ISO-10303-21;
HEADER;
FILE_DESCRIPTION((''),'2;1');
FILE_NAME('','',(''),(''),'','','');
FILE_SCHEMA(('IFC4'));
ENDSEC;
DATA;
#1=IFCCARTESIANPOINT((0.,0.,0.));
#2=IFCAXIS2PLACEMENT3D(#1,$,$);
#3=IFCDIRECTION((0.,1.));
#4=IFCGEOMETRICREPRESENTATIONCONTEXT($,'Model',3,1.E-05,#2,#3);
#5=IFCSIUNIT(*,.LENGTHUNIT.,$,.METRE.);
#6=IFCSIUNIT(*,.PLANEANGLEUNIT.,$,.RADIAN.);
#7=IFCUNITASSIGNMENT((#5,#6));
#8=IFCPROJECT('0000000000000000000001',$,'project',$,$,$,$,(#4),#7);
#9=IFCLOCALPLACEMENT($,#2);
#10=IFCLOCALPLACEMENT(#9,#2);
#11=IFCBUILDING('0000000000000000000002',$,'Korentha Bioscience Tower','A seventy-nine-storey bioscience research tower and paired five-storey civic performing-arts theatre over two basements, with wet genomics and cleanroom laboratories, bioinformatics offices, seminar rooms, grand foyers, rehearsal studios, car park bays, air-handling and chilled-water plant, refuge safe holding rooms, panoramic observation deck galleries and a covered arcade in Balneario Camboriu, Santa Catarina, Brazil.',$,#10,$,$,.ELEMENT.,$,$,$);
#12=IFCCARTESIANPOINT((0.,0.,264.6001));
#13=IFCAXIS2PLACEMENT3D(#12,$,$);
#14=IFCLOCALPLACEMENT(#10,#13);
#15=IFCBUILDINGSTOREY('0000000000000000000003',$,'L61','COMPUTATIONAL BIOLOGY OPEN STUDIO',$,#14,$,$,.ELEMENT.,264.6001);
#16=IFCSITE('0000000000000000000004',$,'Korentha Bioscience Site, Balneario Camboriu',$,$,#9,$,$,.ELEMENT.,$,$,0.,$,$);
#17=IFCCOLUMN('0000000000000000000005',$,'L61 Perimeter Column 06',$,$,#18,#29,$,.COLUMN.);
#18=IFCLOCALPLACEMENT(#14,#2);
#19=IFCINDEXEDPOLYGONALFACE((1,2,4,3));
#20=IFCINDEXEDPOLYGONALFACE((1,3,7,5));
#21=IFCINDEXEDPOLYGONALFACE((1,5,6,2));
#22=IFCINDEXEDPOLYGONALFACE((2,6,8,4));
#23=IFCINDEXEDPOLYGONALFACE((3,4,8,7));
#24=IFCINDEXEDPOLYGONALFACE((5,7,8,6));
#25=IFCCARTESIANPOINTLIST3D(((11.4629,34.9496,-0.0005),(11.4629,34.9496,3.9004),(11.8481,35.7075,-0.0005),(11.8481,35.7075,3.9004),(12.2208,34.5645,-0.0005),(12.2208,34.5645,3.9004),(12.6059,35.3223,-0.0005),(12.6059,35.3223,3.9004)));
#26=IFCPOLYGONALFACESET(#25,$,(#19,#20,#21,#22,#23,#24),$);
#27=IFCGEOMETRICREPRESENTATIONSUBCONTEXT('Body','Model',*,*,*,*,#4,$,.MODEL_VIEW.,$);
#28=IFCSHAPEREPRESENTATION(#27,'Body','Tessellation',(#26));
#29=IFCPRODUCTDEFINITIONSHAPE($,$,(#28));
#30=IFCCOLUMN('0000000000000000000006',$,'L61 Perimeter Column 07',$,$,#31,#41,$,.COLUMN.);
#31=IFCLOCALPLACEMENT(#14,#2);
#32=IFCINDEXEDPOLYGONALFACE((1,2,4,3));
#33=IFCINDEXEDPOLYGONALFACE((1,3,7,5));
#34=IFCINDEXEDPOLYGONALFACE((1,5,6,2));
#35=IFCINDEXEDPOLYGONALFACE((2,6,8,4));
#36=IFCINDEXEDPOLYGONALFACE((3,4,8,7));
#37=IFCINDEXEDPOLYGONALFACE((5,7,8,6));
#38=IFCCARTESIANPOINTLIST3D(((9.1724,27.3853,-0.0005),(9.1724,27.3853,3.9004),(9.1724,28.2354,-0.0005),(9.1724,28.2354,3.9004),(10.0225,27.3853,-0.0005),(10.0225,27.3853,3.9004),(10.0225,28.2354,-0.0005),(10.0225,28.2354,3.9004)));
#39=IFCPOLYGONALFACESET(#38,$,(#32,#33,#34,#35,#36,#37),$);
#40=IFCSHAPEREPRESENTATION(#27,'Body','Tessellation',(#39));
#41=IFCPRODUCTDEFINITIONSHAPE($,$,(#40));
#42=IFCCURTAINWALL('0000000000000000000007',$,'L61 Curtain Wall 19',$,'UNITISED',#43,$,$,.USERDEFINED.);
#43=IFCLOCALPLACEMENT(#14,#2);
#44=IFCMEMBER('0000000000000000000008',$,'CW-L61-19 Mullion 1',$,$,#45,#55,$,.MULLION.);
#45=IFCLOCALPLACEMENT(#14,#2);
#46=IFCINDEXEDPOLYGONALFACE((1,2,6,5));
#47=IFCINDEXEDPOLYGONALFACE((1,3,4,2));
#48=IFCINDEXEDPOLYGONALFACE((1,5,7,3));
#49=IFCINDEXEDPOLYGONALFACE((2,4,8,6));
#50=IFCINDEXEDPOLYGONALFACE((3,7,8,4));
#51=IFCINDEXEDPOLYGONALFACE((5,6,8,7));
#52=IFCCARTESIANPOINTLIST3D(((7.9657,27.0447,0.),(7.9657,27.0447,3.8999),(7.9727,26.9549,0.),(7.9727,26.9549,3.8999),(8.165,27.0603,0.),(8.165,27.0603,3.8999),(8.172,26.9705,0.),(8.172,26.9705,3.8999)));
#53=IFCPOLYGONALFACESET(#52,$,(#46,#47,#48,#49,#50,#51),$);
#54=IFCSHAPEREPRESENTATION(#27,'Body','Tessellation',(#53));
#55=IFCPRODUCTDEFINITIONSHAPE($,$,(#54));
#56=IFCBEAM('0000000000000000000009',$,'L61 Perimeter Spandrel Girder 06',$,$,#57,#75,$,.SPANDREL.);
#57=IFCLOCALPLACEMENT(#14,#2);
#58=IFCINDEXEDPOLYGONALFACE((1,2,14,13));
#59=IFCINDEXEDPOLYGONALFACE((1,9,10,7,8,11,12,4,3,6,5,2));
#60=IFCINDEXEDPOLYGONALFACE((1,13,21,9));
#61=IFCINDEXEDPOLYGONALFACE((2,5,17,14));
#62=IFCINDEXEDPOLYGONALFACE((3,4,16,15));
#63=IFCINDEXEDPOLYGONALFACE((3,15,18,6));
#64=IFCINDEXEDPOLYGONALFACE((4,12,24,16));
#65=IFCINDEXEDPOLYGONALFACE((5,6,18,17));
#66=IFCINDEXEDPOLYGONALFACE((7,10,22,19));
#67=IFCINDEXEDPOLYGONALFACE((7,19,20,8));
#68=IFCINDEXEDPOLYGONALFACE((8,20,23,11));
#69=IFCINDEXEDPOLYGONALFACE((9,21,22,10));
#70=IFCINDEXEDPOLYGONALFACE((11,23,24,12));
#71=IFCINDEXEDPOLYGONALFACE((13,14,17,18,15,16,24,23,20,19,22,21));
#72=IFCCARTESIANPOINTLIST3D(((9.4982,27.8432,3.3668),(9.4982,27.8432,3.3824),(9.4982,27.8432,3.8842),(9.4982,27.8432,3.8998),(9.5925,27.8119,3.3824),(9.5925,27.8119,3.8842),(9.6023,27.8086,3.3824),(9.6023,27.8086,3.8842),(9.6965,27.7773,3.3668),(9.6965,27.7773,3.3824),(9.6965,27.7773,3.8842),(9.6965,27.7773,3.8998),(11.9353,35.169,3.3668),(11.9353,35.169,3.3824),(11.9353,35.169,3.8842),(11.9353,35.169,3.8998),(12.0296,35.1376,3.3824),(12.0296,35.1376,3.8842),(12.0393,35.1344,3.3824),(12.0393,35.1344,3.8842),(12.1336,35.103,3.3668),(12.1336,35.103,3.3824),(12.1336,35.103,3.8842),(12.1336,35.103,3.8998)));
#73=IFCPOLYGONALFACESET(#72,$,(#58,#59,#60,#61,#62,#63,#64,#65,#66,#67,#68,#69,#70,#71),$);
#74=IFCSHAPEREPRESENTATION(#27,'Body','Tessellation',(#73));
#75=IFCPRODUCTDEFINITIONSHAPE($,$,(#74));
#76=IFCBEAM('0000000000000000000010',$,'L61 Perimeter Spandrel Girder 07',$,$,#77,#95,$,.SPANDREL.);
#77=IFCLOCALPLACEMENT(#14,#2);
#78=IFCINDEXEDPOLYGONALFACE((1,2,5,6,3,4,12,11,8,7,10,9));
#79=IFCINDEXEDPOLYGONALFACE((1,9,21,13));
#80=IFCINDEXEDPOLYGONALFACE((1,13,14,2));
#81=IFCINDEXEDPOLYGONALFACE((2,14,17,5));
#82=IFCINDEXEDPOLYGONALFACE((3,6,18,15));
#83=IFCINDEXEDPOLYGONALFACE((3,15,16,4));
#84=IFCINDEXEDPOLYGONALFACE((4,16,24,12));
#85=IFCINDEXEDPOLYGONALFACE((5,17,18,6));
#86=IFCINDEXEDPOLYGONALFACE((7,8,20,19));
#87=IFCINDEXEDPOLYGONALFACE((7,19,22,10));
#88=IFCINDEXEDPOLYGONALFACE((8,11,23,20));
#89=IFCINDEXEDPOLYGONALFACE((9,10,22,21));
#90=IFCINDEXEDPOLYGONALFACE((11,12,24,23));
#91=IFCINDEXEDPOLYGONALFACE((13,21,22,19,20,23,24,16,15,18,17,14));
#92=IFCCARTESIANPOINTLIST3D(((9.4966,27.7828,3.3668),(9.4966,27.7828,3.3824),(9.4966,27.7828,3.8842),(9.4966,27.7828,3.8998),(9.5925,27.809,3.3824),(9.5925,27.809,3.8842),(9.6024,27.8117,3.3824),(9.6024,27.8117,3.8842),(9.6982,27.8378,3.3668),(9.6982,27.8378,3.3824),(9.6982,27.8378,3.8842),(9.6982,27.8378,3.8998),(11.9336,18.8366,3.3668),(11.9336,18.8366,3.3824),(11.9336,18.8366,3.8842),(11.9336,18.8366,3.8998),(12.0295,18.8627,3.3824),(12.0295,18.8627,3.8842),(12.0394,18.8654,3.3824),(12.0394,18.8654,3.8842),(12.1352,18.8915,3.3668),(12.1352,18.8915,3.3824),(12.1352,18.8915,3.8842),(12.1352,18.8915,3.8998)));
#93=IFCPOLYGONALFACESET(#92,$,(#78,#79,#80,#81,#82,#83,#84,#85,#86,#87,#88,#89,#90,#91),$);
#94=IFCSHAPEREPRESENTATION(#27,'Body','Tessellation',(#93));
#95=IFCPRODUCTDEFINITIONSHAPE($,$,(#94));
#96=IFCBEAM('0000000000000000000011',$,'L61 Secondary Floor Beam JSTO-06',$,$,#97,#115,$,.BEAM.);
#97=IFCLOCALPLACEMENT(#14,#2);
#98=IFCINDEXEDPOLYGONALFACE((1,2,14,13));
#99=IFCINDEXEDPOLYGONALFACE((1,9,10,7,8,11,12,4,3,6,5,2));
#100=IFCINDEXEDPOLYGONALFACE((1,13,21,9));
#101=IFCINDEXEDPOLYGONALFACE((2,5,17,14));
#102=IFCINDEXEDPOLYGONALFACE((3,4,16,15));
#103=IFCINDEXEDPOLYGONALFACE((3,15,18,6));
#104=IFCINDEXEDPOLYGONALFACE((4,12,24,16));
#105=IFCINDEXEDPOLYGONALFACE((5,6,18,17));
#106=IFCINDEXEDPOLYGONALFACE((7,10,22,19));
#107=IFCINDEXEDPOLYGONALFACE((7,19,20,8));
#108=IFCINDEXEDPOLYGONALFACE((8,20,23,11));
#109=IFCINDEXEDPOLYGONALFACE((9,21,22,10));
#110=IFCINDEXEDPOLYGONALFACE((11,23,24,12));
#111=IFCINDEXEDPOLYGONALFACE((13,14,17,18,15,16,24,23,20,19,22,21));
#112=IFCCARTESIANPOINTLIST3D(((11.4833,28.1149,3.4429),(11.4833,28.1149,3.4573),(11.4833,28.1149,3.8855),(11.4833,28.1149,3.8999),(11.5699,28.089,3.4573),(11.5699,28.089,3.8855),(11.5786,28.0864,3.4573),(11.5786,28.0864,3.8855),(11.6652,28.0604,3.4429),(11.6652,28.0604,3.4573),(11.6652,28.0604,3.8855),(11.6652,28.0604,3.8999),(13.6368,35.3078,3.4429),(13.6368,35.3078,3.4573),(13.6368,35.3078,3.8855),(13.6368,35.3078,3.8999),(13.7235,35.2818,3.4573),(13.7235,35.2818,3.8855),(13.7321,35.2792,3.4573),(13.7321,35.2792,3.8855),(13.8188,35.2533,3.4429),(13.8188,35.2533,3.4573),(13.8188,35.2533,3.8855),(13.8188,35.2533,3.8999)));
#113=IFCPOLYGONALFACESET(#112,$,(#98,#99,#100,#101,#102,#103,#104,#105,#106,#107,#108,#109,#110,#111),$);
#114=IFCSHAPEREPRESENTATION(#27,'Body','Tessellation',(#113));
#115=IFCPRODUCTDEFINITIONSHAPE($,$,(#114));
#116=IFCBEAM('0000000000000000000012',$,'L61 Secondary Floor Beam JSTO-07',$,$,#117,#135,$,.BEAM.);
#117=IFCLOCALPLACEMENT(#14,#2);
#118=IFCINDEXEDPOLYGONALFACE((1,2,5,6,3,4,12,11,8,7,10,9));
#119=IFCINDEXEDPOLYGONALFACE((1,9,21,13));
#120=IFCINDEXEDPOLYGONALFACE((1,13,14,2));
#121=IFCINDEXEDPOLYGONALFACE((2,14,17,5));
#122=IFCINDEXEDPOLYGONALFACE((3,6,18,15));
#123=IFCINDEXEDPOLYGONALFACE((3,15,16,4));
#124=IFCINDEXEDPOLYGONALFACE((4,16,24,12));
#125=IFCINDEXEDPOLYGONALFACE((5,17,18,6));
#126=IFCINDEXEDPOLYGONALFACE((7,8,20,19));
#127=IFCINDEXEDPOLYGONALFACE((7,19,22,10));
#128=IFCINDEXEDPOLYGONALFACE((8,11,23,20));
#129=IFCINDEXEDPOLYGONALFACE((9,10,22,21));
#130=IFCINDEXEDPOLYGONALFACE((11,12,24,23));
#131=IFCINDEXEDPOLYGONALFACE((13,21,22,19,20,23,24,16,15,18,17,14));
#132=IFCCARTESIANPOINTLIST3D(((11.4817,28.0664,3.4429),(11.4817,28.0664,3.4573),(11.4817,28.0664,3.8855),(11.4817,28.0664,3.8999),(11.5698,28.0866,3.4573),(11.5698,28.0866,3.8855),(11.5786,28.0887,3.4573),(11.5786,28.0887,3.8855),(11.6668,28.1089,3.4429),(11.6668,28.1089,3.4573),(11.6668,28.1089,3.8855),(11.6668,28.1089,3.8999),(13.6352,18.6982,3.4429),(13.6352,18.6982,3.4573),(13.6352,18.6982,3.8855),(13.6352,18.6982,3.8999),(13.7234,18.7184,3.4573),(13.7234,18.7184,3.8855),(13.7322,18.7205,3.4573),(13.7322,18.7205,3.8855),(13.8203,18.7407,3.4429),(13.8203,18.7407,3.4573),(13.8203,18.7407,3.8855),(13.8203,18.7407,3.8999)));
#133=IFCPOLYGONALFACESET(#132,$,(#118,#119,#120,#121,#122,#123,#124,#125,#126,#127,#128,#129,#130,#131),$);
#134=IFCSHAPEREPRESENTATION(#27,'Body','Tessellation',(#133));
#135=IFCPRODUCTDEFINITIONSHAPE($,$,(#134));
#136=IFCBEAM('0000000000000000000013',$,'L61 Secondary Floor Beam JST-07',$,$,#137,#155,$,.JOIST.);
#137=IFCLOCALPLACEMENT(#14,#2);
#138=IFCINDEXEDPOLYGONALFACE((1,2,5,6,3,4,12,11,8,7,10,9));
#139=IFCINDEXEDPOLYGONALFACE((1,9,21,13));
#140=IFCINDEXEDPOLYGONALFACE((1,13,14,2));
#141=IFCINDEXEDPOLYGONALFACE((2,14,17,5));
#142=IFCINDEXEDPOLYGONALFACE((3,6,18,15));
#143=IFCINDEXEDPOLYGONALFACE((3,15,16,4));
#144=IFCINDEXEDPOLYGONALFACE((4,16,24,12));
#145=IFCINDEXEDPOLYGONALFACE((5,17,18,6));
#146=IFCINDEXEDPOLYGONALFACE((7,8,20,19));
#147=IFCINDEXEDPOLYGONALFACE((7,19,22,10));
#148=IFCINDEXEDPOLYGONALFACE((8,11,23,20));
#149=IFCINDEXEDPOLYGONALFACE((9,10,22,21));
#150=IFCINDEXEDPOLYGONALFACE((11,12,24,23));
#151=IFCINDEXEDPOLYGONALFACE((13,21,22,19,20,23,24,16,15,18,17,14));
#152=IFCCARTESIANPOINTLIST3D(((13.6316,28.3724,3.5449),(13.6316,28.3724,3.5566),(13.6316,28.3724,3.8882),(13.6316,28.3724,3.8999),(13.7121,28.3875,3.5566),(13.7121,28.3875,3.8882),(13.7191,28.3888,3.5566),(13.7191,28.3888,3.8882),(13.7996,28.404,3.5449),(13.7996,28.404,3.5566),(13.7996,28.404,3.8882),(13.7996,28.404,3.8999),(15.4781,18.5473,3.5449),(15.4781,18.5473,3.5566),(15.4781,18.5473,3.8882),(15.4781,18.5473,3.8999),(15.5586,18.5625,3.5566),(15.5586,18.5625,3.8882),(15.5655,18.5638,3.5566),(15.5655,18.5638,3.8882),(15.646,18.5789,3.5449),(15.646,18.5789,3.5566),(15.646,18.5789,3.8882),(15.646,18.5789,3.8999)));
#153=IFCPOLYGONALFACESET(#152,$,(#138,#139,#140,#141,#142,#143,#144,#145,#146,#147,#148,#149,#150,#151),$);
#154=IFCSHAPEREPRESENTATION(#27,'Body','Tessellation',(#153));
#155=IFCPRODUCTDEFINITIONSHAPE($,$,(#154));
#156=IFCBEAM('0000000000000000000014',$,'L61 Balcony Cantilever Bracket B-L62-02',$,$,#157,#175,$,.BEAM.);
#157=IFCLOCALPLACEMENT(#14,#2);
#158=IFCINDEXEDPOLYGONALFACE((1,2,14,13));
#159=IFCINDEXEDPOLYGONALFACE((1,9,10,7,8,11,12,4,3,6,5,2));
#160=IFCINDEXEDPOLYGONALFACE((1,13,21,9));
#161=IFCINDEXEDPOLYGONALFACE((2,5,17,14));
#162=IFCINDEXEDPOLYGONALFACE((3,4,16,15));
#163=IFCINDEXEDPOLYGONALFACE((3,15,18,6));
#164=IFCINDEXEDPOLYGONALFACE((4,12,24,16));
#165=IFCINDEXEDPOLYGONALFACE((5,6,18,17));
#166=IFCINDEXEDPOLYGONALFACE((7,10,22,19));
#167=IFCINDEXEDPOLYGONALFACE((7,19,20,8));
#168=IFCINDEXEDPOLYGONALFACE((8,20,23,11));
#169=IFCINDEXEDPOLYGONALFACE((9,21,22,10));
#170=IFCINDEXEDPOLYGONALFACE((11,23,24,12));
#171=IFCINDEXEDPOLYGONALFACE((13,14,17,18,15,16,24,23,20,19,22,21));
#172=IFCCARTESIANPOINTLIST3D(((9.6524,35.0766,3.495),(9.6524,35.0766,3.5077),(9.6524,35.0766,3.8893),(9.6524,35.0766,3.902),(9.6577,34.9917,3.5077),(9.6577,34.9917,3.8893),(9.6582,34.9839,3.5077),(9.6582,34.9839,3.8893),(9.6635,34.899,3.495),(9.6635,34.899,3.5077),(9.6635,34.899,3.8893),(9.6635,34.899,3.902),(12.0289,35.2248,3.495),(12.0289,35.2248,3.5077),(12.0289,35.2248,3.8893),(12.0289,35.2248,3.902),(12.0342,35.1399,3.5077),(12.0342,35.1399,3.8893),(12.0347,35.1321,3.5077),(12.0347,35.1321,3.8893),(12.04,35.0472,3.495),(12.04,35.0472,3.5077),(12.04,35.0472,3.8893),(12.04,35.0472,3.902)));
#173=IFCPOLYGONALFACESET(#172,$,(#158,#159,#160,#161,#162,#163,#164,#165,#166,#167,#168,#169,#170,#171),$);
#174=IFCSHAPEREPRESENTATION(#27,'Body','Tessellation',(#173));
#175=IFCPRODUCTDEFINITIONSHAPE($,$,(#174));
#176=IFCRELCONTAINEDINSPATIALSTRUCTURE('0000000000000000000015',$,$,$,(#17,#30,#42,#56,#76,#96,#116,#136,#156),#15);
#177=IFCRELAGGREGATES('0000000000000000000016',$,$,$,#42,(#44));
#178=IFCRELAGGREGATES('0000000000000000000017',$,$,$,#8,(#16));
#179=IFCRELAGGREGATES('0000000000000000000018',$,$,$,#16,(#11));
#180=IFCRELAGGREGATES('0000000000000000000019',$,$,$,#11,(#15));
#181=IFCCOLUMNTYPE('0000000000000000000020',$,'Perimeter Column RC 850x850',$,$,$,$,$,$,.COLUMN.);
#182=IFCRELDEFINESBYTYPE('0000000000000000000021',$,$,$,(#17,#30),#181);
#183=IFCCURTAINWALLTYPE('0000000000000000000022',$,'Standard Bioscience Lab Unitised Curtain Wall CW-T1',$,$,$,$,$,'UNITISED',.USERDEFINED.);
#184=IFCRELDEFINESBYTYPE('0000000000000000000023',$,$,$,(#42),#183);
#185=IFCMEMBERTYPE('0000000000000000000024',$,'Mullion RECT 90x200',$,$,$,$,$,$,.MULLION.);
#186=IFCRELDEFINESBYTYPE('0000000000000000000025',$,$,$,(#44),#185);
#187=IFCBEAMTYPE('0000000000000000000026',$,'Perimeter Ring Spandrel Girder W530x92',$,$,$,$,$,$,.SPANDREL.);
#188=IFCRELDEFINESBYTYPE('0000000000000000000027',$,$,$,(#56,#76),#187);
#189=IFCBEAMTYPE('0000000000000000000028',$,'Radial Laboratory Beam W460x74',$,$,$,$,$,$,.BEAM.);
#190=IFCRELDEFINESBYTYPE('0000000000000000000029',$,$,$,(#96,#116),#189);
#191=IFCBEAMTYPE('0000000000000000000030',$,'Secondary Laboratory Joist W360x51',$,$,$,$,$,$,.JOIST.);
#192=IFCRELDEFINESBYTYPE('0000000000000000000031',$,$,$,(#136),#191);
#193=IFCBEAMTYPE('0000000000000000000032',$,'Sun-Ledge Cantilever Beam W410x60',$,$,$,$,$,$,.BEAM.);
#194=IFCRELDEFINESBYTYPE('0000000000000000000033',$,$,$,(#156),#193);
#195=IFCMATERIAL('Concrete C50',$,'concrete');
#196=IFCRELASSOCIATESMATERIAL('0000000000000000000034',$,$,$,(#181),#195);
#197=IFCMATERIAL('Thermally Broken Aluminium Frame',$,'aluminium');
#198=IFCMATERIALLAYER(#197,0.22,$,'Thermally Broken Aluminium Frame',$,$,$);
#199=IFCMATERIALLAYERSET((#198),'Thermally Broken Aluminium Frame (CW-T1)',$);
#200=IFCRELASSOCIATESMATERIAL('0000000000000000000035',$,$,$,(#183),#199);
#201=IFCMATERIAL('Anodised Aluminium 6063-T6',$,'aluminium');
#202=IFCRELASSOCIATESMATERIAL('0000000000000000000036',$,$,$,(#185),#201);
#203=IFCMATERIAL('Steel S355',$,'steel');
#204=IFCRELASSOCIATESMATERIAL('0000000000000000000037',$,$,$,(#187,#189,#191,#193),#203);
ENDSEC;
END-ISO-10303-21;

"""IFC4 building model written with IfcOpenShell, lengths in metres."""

from ifc_helpers import new_model, si_unit, direction, frame, origin, origin_2d, place, context, subcontext, project, spatial, rectangle, i_section, extrude, material, layer, layer_set, material_profile, profile_set, type_object, element, aggregate, save


model = new_model("IFC4")

# Units and contexts
model_context = context("Model", 3, precision=1e-05, world=origin(), true_north=direction((0.0, 1.0)))
body_context = subcontext(model_context, "Body", "Model", "MODEL_VIEW")
ifc_project = project(units=[si_unit("LENGTHUNIT", "METRE"), si_unit("PLANEANGLEUNIT", "RADIAN")], contexts=[model_context])

# Site, building, storey
site_placement = place(None, origin())
site = spatial("IfcSite", under=ifc_project, at=site_placement, Name="Korentha Bioscience Site, Balneario Camboriu", CompositionType="ELEMENT", RefElevation=0.0)
building_placement = place(site_placement, origin())
building = spatial("IfcBuilding", under=site, at=building_placement, Name="Korentha Bioscience Tower", Description="A seventy-nine-storey bioscience research tower and paired five-storey civic performing-arts theatre over two basements, with wet genomics and cleanroom laboratories, bioinformatics offices, seminar rooms, grand foyers, rehearsal studios, car park bays, air-handling and chilled-water plant, refuge safe holding rooms, panoramic observation deck galleries and a covered arcade in Balneario Camboriu, Santa Catarina, Brazil.", CompositionType="ELEMENT")
storey_placement = place(building_placement, frame((0.0, 0.0, 264.6001)))
storey = spatial("IfcBuildingStorey", under=building, at=storey_placement, Name="L61", Description="COMPUTATIONAL BIOLOGY OPEN STUDIO", CompositionType="ELEMENT", Elevation=264.6001)

# Columns
ifc_material_1 = material(Name="Concrete C50", Category="concrete")
ifc_material_profile_1 = material_profile(ifc_material_1, rectangle(XDim=0.8501, YDim=0.8501, at=origin_2d()), Name="Concrete C50")
ifc_profile_set_1 = profile_set([ifc_material_profile_1], Name="Concrete C50 (COL-P08)")
column_type = type_object("IfcColumnType", Name="Perimeter Column RC 850x850", PredefinedType="COLUMN", material=ifc_profile_set_1)
for number, where, z_axis, x_axis, name in (
    (1, (12.0344, 35.136, -0.0005), (0.0, 0.0, 1.0), (0.453057, 0.891481, 0.0), "L61 Perimeter Column 06"),
    (2, (9.5974, 27.8103, -0.0005), (0.0, 0.0, 1.0), (0.0, 1.0, 0.0), "L61 Perimeter Column 07"),
):
    element("IfcColumn", number, at=place(storey_placement, frame(where, z_axis=z_axis, x_axis=x_axis)), inside=storey, type_object=column_type, Name=name, PredefinedType="COLUMN", context=body_context, shape_type="SweptSolid", body=[
        extrude(rectangle(XDim=0.8501, YDim=0.8501, at=origin_2d()), origin(), (0.0, 0.0, 1.0), 3.9009),
    ])

# Curtain wall, member
ifc_material_2 = material(Name="Thermally Broken Aluminium Frame", Category="aluminium")
ifc_layer_1 = layer(ifc_material_2, 0.22, Name="Thermally Broken Aluminium Frame")
ifc_layer_set_1 = layer_set([ifc_layer_1], Name="Thermally Broken Aluminium Frame (CW-T1)")
curtain_wall_type = type_object("IfcCurtainWallType", Name="Standard Bioscience Lab Unitised Curtain Wall CW-T1", ElementType="UNITISED", PredefinedType="USERDEFINED", material=ifc_layer_set_1)
curtain_wall_placement = place(storey_placement, origin())
curtain_wall = element("IfcCurtainWall", 3, at=curtain_wall_placement, inside=storey, type_object=curtain_wall_type, Name="L61 Curtain Wall 19", ObjectType="UNITISED", PredefinedType="USERDEFINED")
ifc_material_3 = material(Name="Anodised Aluminium 6063-T6", Category="aluminium")
ifc_material_profile_2 = material_profile(ifc_material_3, rectangle(XDim=0.0901, YDim=0.2, at=origin_2d()), Name="Anodised Aluminium 6063-T6")
ifc_profile_set_2 = profile_set([ifc_material_profile_2], Name="Anodised Aluminium 6063-T6 (CW-MUL)")
member_type_1 = type_object("IfcMemberType", Name="Mullion RECT 90x200", PredefinedType="MULLION", material=ifc_profile_set_2)
member_1_placement = place(storey_placement, frame((8.0688, 27.0076, 0.0), z_axis=(0.0, 0.0, 1.0), x_axis=(0.078035, -0.996951, 0.0)))
member_1 = element("IfcMember", 4, at=member_1_placement, type_object=member_type_1, Name="CW-L61-19 Mullion 1", PredefinedType="MULLION", context=body_context, shape_type="SweptSolid", body=[
    extrude(rectangle(XDim=0.0901, YDim=0.2, at=origin_2d()), origin(), (0.0, 0.0, 1.0), 3.8999),
])

# Beams
ifc_material_4 = material(Name="Steel S355", Category="steel")
ifc_material_profile_3 = material_profile(ifc_material_4, i_section(OverallWidth=0.209, OverallDepth=0.533, WebThickness=0.0103, FlangeThickness=0.0156, at=origin_2d()), Name="Steel S355")
ifc_profile_set_3 = profile_set([ifc_material_profile_3], Name="Steel S355 (SB-530)")
beam_type_1 = type_object("IfcBeamType", Name="Perimeter Ring Spandrel Girder W530x92", PredefinedType="SPANDREL", material=ifc_profile_set_3)
beam_1_placement = place(storey_placement, frame((12.0344, 35.136, 3.6333), z_axis=(-0.315658, -0.948873, 0.0), x_axis=(0.948873, -0.315658, 0.0)))
element("IfcBeam", 5, at=beam_1_placement, inside=storey, type_object=beam_type_1, Name="L61 Perimeter Spandrel Girder 06", PredefinedType="SPANDREL", context=body_context, shape_type="SweptSolid", body=[
    extrude(i_section(OverallWidth=0.209, OverallDepth=0.533, WebThickness=0.0103, FlangeThickness=0.0156, at=origin_2d()), origin(), (0.0, 0.0, 1.0), 7.7205),
])
beam_2_placement = place(storey_placement, frame((9.5974, 27.8103, 3.6333), z_axis=(0.262828, -0.964843, 0.0), x_axis=(0.964843, 0.262828, 0.0)))
element("IfcBeam", 6, at=beam_2_placement, inside=storey, type_object=beam_type_1, Name="L61 Perimeter Spandrel Girder 07", PredefinedType="SPANDREL", context=body_context, shape_type="SweptSolid", body=[
    extrude(i_section(OverallWidth=0.209, OverallDepth=0.533, WebThickness=0.0103, FlangeThickness=0.0156, at=origin_2d()), origin(), (0.0, 0.0, 1.0), 9.2722),
])
ifc_material_profile_4 = material_profile(ifc_material_4, i_section(OverallWidth=0.1899, OverallDepth=0.457, WebThickness=0.009, FlangeThickness=0.0144, at=origin_2d()), Name="Steel S355")
ifc_profile_set_4 = profile_set([ifc_material_profile_4], Name="Steel S355 (RB-460)")
beam_type_2 = type_object("IfcBeamType", Name="Radial Laboratory Beam W460x74", PredefinedType="BEAM", material=ifc_profile_set_4)
beam_3_placement = place(storey_placement, frame((13.7278, 35.2805, 3.6714), z_axis=(-0.286823, -0.957984, 0.0), x_axis=(0.957984, -0.286823, 0.0)))
element("IfcBeam", 7, at=beam_3_placement, inside=storey, type_object=beam_type_2, Name="L61 Secondary Floor Beam JSTO-06", PredefinedType="BEAM", context=body_context, shape_type="SweptSolid", body=[
    extrude(i_section(OverallWidth=0.1899, OverallDepth=0.457, WebThickness=0.009, FlangeThickness=0.0144, at=origin_2d()), origin(), (0.0, 0.0, 1.0), 7.5083),
])
beam_4_placement = place(storey_placement, frame((11.5742, 28.0876, 3.6714), z_axis=(0.224038, -0.97458, 0.0), x_axis=(0.97458, 0.224038, 0.0)))
element("IfcBeam", 8, at=beam_4_placement, inside=storey, type_object=beam_type_2, Name="L61 Secondary Floor Beam JSTO-07", PredefinedType="BEAM", context=body_context, shape_type="SweptSolid", body=[
    extrude(i_section(OverallWidth=0.1899, OverallDepth=0.457, WebThickness=0.009, FlangeThickness=0.0144, at=origin_2d()), origin(), (0.0, 0.0, 1.0), 9.6125),
])
ifc_material_profile_5 = material_profile(ifc_material_4, i_section(OverallWidth=0.1709, OverallDepth=0.355, WebThickness=0.0071, FlangeThickness=0.0117, at=origin_2d()), Name="Steel S355")
ifc_profile_set_5 = profile_set([ifc_material_profile_5], Name="Steel S355 (JB-360)")
beam_type_3 = type_object("IfcBeamType", Name="Secondary Laboratory Joist W360x51", PredefinedType="JOIST", material=ifc_profile_set_5)
beam_5_placement = place(storey_placement, frame((13.7156, 28.3882, 3.7224), z_axis=(0.1847, -0.982795, 0.0), x_axis=(0.982795, 0.1847, 0.0)))
element("IfcBeam", 9, at=beam_5_placement, inside=storey, type_object=beam_type_3, Name="L61 Secondary Floor Beam JST-07", PredefinedType="JOIST", context=body_context, shape_type="SweptSolid", body=[
    extrude(i_section(OverallWidth=0.1709, OverallDepth=0.355, WebThickness=0.0071, FlangeThickness=0.0117, at=origin_2d()), origin(), (0.0, 0.0, 1.0), 9.9971),
])
ifc_material_profile_6 = material_profile(ifc_material_4, i_section(OverallWidth=0.178, OverallDepth=0.407, WebThickness=0.0078, FlangeThickness=0.0127, at=origin_2d()), Name="Steel S355")
ifc_profile_set_6 = profile_set([ifc_material_profile_6], Name="Steel S355 (CB-410)")
beam_type_4 = type_object("IfcBeamType", Name="Sun-Ledge Cantilever Beam W410x60", PredefinedType="BEAM", material=ifc_profile_set_6)
beam_6_placement = place(storey_placement, frame((12.0344, 35.136, 3.6985), z_axis=(-0.998061, -0.062238, 0.0), x_axis=(0.062238, -0.998061, 0.0)))
element("IfcBeam", 10, at=beam_6_placement, inside=storey, type_object=beam_type_4, Name="L61 Balcony Cantilever Bracket B-L62-02", PredefinedType="BEAM", context=body_context, shape_type="SweptSolid", body=[
    extrude(i_section(OverallWidth=0.178, OverallDepth=0.407, WebThickness=0.0078, FlangeThickness=0.0127, at=origin_2d()), origin(), (0.0, 0.0, 1.0), 2.3811),
])

aggregate(curtain_wall, [member_1])

save(model, "model.ifc")
